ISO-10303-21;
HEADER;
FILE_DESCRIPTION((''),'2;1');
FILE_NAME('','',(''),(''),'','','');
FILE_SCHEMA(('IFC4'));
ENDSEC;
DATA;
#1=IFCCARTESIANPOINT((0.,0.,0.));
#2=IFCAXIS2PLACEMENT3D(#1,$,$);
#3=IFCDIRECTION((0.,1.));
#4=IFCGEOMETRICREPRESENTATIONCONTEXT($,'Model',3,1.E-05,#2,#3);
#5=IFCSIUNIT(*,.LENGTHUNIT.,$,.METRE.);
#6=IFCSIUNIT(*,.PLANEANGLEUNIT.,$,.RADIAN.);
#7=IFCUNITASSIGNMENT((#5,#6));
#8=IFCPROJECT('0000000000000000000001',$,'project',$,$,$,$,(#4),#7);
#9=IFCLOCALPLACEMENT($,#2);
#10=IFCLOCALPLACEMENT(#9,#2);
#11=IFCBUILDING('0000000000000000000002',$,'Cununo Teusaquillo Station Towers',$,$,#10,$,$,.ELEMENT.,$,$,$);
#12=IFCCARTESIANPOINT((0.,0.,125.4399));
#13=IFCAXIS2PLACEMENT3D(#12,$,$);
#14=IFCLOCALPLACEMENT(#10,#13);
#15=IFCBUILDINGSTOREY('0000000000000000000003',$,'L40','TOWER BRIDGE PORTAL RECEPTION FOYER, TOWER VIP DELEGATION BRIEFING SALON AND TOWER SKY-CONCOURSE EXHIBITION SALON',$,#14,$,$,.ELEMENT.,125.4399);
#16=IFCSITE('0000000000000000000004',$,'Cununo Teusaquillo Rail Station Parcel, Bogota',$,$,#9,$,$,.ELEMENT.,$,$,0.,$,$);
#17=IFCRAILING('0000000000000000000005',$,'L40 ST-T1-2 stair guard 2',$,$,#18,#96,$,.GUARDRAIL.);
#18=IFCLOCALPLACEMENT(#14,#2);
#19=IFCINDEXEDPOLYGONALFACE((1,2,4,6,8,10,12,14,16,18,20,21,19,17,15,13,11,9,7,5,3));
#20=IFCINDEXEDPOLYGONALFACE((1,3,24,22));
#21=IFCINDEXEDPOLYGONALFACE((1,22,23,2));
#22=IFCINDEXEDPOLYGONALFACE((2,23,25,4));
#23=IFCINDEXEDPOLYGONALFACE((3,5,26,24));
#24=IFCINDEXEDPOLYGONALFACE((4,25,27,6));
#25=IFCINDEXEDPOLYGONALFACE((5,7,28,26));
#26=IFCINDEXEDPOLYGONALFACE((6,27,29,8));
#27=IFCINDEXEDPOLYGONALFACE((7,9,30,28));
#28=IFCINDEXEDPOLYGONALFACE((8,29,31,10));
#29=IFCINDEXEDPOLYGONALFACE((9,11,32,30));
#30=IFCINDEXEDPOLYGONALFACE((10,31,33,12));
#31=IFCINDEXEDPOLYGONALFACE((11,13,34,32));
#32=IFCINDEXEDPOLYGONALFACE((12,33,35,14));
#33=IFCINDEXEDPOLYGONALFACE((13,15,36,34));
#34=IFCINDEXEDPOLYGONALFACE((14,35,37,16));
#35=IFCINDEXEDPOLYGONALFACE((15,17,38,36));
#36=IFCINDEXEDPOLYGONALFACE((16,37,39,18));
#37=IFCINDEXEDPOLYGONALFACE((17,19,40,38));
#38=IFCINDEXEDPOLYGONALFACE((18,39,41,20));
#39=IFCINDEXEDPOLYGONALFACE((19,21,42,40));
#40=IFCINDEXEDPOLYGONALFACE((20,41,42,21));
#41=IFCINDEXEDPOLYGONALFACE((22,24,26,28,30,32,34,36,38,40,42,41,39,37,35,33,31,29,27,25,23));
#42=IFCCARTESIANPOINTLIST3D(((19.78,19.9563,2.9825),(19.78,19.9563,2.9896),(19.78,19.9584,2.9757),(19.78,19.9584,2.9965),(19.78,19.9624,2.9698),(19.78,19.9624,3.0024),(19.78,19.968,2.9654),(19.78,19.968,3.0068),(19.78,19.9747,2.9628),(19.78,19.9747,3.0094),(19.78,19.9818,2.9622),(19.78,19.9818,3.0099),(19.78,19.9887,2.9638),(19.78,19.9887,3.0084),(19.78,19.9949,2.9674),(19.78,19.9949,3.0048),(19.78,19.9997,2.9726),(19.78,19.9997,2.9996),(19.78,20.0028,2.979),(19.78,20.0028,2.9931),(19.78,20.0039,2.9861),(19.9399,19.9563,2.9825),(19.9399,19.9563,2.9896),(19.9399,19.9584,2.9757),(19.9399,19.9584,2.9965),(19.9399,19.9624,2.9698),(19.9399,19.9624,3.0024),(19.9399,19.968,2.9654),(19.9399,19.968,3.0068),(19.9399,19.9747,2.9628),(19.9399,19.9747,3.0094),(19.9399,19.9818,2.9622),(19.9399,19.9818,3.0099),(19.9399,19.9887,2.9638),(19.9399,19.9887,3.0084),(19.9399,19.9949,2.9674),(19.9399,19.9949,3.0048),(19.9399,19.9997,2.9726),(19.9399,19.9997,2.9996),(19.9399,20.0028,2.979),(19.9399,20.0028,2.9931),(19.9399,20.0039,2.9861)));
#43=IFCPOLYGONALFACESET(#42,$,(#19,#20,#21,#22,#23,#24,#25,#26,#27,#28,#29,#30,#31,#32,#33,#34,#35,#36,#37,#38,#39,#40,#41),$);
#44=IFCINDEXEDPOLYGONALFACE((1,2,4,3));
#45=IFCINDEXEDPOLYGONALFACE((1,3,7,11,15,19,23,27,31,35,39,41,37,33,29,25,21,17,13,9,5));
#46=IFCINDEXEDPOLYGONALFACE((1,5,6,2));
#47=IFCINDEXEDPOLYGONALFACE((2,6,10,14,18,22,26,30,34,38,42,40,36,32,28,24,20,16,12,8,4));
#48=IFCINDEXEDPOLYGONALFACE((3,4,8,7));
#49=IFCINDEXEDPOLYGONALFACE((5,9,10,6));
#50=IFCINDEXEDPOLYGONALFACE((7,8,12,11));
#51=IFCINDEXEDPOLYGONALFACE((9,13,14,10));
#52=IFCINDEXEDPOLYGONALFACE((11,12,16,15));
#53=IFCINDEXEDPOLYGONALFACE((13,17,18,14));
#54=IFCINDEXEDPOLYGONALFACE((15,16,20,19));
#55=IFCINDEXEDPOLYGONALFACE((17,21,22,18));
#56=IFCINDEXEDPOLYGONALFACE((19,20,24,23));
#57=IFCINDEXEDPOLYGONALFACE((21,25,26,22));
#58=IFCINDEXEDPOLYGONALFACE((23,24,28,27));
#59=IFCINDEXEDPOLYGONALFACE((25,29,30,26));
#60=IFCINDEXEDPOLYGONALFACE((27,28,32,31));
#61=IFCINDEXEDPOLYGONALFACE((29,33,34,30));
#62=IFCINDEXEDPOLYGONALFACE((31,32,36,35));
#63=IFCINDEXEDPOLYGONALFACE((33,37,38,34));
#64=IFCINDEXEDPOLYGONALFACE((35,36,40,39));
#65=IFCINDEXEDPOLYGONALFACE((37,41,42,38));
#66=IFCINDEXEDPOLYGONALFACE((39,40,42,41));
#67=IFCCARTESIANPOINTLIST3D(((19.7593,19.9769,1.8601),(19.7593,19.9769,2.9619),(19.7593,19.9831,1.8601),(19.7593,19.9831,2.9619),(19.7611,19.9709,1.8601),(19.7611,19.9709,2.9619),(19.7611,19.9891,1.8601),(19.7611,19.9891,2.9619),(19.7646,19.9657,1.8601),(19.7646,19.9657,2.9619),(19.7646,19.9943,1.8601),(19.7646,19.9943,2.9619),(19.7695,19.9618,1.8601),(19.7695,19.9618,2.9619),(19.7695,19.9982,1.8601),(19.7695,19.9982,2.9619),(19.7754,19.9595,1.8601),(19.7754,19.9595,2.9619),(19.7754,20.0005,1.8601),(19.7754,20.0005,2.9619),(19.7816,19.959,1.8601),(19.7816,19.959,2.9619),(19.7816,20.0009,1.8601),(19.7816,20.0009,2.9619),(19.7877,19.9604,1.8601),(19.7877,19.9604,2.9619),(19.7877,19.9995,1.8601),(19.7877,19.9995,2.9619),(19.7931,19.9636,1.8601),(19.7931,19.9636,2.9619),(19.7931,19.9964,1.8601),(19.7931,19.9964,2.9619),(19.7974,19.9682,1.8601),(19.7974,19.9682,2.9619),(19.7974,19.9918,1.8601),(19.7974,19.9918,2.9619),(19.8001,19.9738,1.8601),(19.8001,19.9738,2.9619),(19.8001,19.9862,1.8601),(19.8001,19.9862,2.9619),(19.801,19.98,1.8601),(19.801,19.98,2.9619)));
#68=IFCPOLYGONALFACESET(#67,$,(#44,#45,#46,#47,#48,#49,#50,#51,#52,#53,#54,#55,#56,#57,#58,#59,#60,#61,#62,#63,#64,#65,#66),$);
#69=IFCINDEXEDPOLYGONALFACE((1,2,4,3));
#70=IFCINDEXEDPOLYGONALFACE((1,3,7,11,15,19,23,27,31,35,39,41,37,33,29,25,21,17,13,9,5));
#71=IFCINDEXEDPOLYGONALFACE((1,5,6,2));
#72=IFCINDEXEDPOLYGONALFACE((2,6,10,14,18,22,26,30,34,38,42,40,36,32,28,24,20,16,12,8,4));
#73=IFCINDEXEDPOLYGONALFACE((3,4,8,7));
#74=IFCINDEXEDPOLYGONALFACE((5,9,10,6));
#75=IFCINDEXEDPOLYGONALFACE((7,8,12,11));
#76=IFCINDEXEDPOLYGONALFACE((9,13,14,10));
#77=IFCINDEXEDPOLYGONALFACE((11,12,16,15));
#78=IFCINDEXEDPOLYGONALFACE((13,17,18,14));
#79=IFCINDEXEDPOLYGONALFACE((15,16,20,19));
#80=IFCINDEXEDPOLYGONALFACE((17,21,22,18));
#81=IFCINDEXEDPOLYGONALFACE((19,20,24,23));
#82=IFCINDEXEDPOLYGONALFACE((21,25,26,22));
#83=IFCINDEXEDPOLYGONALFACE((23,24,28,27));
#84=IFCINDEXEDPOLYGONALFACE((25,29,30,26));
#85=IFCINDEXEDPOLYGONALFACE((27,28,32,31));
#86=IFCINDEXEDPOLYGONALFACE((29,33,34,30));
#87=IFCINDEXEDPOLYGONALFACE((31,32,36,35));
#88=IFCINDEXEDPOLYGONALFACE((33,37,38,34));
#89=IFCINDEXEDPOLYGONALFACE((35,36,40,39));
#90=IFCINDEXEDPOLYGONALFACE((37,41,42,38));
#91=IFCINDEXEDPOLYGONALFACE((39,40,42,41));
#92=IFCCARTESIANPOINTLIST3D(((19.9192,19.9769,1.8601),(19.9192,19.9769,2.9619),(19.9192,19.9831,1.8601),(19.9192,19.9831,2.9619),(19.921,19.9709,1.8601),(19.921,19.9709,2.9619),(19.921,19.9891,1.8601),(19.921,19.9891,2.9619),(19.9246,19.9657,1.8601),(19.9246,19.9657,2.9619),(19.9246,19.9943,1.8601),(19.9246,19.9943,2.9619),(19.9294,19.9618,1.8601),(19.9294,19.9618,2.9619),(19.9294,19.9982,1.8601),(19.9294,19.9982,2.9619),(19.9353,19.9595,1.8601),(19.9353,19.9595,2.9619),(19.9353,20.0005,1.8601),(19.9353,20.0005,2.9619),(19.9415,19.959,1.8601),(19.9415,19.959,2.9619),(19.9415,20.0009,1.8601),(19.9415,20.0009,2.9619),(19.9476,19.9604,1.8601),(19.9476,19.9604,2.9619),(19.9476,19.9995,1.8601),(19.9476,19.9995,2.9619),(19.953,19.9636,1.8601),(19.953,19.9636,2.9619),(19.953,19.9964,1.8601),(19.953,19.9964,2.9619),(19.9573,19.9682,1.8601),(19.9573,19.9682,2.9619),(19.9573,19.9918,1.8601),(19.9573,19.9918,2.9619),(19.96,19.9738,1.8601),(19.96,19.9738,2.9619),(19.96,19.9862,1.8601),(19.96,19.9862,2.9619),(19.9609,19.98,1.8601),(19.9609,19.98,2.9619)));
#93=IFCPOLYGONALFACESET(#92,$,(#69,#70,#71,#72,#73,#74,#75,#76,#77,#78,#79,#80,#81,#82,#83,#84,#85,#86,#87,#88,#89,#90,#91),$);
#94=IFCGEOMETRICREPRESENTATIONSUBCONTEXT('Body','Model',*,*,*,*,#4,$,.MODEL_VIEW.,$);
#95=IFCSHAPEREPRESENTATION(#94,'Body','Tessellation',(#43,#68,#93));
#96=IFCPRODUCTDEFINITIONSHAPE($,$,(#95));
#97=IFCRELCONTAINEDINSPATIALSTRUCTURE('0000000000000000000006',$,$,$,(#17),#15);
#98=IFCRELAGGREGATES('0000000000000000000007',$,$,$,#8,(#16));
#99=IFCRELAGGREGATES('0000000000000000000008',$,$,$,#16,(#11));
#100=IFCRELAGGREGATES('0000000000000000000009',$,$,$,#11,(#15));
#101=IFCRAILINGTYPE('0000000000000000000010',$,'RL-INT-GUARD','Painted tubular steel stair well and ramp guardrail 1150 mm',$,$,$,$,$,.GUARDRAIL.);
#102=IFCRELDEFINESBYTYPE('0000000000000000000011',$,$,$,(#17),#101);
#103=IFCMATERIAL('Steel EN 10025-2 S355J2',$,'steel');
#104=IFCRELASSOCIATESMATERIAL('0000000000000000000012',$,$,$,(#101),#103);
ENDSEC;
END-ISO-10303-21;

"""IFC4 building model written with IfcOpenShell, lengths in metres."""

from ifc_helpers import new_model, si_unit, direction, frame, origin, origin_2d, place, context, subcontext, project, spatial, circle, extrude, material, type_object, element, save


model = new_model("IFC4")

# Units and contexts
model_context = context("Model", 3, precision=1e-05, world=origin(), true_north=direction((0.0, 1.0)))
body_context = subcontext(model_context, "Body", "Model", "MODEL_VIEW")
ifc_project = project(units=[si_unit("LENGTHUNIT", "METRE"), si_unit("PLANEANGLEUNIT", "RADIAN")], contexts=[model_context])

# Site, building, storey
site_placement = place(None, origin())
site = spatial("IfcSite", under=ifc_project, at=site_placement, Name="Cununo Teusaquillo Rail Station Parcel, Bogota", CompositionType="ELEMENT", RefElevation=0.0)
building_placement = place(site_placement, origin())
building = spatial("IfcBuilding", under=site, at=building_placement, Name="Cununo Teusaquillo Station Towers", CompositionType="ELEMENT")
storey_placement = place(building_placement, frame((0.0, 0.0, 125.4399)))
storey = spatial("IfcBuildingStorey", under=building, at=storey_placement, Name="L40", Description="TOWER BRIDGE PORTAL RECEPTION FOYER, TOWER VIP DELEGATION BRIEFING SALON AND TOWER SKY-CONCOURSE EXHIBITION SALON", CompositionType="ELEMENT", Elevation=125.4399)

# Railing
ifc_material_1 = material(Name="Steel EN 10025-2 S355J2", Category="steel")
railing_type_1 = type_object("IfcRailingType", Name="RL-INT-GUARD", Description="Painted tubular steel stair well and ramp guardrail 1150 mm", PredefinedType="GUARDRAIL", material=ifc_material_1)
railing_1_placement = place(storey_placement, frame((19.78, 19.98, 1.8601)))
element("IfcRailing", 1, at=railing_1_placement, inside=storey, type_object=railing_type_1, Name="L40 ST-T1-2 stair guard 2", PredefinedType="GUARDRAIL", context=body_context, shape_type="SweptSolid", body=[
    extrude(circle(Radius=0.0239, at=origin_2d()), frame((0.0, 0.0, 1.126), z_axis=(1.0, 0.0, 0.0), x_axis=(0.0, 1.0, 0.0)), (0.0, 0.0, 1.0), 0.1599),
    extrude(circle(Radius=0.021, at=origin_2d()), origin(), (0.0, 0.0, 1.0), 1.1018),
    extrude(circle(Radius=0.021, at=origin_2d()), frame((0.1599, 0.0, 0.0)), (0.0, 0.0, 1.0), 1.1018),
])

save(model, "model.ifc")
